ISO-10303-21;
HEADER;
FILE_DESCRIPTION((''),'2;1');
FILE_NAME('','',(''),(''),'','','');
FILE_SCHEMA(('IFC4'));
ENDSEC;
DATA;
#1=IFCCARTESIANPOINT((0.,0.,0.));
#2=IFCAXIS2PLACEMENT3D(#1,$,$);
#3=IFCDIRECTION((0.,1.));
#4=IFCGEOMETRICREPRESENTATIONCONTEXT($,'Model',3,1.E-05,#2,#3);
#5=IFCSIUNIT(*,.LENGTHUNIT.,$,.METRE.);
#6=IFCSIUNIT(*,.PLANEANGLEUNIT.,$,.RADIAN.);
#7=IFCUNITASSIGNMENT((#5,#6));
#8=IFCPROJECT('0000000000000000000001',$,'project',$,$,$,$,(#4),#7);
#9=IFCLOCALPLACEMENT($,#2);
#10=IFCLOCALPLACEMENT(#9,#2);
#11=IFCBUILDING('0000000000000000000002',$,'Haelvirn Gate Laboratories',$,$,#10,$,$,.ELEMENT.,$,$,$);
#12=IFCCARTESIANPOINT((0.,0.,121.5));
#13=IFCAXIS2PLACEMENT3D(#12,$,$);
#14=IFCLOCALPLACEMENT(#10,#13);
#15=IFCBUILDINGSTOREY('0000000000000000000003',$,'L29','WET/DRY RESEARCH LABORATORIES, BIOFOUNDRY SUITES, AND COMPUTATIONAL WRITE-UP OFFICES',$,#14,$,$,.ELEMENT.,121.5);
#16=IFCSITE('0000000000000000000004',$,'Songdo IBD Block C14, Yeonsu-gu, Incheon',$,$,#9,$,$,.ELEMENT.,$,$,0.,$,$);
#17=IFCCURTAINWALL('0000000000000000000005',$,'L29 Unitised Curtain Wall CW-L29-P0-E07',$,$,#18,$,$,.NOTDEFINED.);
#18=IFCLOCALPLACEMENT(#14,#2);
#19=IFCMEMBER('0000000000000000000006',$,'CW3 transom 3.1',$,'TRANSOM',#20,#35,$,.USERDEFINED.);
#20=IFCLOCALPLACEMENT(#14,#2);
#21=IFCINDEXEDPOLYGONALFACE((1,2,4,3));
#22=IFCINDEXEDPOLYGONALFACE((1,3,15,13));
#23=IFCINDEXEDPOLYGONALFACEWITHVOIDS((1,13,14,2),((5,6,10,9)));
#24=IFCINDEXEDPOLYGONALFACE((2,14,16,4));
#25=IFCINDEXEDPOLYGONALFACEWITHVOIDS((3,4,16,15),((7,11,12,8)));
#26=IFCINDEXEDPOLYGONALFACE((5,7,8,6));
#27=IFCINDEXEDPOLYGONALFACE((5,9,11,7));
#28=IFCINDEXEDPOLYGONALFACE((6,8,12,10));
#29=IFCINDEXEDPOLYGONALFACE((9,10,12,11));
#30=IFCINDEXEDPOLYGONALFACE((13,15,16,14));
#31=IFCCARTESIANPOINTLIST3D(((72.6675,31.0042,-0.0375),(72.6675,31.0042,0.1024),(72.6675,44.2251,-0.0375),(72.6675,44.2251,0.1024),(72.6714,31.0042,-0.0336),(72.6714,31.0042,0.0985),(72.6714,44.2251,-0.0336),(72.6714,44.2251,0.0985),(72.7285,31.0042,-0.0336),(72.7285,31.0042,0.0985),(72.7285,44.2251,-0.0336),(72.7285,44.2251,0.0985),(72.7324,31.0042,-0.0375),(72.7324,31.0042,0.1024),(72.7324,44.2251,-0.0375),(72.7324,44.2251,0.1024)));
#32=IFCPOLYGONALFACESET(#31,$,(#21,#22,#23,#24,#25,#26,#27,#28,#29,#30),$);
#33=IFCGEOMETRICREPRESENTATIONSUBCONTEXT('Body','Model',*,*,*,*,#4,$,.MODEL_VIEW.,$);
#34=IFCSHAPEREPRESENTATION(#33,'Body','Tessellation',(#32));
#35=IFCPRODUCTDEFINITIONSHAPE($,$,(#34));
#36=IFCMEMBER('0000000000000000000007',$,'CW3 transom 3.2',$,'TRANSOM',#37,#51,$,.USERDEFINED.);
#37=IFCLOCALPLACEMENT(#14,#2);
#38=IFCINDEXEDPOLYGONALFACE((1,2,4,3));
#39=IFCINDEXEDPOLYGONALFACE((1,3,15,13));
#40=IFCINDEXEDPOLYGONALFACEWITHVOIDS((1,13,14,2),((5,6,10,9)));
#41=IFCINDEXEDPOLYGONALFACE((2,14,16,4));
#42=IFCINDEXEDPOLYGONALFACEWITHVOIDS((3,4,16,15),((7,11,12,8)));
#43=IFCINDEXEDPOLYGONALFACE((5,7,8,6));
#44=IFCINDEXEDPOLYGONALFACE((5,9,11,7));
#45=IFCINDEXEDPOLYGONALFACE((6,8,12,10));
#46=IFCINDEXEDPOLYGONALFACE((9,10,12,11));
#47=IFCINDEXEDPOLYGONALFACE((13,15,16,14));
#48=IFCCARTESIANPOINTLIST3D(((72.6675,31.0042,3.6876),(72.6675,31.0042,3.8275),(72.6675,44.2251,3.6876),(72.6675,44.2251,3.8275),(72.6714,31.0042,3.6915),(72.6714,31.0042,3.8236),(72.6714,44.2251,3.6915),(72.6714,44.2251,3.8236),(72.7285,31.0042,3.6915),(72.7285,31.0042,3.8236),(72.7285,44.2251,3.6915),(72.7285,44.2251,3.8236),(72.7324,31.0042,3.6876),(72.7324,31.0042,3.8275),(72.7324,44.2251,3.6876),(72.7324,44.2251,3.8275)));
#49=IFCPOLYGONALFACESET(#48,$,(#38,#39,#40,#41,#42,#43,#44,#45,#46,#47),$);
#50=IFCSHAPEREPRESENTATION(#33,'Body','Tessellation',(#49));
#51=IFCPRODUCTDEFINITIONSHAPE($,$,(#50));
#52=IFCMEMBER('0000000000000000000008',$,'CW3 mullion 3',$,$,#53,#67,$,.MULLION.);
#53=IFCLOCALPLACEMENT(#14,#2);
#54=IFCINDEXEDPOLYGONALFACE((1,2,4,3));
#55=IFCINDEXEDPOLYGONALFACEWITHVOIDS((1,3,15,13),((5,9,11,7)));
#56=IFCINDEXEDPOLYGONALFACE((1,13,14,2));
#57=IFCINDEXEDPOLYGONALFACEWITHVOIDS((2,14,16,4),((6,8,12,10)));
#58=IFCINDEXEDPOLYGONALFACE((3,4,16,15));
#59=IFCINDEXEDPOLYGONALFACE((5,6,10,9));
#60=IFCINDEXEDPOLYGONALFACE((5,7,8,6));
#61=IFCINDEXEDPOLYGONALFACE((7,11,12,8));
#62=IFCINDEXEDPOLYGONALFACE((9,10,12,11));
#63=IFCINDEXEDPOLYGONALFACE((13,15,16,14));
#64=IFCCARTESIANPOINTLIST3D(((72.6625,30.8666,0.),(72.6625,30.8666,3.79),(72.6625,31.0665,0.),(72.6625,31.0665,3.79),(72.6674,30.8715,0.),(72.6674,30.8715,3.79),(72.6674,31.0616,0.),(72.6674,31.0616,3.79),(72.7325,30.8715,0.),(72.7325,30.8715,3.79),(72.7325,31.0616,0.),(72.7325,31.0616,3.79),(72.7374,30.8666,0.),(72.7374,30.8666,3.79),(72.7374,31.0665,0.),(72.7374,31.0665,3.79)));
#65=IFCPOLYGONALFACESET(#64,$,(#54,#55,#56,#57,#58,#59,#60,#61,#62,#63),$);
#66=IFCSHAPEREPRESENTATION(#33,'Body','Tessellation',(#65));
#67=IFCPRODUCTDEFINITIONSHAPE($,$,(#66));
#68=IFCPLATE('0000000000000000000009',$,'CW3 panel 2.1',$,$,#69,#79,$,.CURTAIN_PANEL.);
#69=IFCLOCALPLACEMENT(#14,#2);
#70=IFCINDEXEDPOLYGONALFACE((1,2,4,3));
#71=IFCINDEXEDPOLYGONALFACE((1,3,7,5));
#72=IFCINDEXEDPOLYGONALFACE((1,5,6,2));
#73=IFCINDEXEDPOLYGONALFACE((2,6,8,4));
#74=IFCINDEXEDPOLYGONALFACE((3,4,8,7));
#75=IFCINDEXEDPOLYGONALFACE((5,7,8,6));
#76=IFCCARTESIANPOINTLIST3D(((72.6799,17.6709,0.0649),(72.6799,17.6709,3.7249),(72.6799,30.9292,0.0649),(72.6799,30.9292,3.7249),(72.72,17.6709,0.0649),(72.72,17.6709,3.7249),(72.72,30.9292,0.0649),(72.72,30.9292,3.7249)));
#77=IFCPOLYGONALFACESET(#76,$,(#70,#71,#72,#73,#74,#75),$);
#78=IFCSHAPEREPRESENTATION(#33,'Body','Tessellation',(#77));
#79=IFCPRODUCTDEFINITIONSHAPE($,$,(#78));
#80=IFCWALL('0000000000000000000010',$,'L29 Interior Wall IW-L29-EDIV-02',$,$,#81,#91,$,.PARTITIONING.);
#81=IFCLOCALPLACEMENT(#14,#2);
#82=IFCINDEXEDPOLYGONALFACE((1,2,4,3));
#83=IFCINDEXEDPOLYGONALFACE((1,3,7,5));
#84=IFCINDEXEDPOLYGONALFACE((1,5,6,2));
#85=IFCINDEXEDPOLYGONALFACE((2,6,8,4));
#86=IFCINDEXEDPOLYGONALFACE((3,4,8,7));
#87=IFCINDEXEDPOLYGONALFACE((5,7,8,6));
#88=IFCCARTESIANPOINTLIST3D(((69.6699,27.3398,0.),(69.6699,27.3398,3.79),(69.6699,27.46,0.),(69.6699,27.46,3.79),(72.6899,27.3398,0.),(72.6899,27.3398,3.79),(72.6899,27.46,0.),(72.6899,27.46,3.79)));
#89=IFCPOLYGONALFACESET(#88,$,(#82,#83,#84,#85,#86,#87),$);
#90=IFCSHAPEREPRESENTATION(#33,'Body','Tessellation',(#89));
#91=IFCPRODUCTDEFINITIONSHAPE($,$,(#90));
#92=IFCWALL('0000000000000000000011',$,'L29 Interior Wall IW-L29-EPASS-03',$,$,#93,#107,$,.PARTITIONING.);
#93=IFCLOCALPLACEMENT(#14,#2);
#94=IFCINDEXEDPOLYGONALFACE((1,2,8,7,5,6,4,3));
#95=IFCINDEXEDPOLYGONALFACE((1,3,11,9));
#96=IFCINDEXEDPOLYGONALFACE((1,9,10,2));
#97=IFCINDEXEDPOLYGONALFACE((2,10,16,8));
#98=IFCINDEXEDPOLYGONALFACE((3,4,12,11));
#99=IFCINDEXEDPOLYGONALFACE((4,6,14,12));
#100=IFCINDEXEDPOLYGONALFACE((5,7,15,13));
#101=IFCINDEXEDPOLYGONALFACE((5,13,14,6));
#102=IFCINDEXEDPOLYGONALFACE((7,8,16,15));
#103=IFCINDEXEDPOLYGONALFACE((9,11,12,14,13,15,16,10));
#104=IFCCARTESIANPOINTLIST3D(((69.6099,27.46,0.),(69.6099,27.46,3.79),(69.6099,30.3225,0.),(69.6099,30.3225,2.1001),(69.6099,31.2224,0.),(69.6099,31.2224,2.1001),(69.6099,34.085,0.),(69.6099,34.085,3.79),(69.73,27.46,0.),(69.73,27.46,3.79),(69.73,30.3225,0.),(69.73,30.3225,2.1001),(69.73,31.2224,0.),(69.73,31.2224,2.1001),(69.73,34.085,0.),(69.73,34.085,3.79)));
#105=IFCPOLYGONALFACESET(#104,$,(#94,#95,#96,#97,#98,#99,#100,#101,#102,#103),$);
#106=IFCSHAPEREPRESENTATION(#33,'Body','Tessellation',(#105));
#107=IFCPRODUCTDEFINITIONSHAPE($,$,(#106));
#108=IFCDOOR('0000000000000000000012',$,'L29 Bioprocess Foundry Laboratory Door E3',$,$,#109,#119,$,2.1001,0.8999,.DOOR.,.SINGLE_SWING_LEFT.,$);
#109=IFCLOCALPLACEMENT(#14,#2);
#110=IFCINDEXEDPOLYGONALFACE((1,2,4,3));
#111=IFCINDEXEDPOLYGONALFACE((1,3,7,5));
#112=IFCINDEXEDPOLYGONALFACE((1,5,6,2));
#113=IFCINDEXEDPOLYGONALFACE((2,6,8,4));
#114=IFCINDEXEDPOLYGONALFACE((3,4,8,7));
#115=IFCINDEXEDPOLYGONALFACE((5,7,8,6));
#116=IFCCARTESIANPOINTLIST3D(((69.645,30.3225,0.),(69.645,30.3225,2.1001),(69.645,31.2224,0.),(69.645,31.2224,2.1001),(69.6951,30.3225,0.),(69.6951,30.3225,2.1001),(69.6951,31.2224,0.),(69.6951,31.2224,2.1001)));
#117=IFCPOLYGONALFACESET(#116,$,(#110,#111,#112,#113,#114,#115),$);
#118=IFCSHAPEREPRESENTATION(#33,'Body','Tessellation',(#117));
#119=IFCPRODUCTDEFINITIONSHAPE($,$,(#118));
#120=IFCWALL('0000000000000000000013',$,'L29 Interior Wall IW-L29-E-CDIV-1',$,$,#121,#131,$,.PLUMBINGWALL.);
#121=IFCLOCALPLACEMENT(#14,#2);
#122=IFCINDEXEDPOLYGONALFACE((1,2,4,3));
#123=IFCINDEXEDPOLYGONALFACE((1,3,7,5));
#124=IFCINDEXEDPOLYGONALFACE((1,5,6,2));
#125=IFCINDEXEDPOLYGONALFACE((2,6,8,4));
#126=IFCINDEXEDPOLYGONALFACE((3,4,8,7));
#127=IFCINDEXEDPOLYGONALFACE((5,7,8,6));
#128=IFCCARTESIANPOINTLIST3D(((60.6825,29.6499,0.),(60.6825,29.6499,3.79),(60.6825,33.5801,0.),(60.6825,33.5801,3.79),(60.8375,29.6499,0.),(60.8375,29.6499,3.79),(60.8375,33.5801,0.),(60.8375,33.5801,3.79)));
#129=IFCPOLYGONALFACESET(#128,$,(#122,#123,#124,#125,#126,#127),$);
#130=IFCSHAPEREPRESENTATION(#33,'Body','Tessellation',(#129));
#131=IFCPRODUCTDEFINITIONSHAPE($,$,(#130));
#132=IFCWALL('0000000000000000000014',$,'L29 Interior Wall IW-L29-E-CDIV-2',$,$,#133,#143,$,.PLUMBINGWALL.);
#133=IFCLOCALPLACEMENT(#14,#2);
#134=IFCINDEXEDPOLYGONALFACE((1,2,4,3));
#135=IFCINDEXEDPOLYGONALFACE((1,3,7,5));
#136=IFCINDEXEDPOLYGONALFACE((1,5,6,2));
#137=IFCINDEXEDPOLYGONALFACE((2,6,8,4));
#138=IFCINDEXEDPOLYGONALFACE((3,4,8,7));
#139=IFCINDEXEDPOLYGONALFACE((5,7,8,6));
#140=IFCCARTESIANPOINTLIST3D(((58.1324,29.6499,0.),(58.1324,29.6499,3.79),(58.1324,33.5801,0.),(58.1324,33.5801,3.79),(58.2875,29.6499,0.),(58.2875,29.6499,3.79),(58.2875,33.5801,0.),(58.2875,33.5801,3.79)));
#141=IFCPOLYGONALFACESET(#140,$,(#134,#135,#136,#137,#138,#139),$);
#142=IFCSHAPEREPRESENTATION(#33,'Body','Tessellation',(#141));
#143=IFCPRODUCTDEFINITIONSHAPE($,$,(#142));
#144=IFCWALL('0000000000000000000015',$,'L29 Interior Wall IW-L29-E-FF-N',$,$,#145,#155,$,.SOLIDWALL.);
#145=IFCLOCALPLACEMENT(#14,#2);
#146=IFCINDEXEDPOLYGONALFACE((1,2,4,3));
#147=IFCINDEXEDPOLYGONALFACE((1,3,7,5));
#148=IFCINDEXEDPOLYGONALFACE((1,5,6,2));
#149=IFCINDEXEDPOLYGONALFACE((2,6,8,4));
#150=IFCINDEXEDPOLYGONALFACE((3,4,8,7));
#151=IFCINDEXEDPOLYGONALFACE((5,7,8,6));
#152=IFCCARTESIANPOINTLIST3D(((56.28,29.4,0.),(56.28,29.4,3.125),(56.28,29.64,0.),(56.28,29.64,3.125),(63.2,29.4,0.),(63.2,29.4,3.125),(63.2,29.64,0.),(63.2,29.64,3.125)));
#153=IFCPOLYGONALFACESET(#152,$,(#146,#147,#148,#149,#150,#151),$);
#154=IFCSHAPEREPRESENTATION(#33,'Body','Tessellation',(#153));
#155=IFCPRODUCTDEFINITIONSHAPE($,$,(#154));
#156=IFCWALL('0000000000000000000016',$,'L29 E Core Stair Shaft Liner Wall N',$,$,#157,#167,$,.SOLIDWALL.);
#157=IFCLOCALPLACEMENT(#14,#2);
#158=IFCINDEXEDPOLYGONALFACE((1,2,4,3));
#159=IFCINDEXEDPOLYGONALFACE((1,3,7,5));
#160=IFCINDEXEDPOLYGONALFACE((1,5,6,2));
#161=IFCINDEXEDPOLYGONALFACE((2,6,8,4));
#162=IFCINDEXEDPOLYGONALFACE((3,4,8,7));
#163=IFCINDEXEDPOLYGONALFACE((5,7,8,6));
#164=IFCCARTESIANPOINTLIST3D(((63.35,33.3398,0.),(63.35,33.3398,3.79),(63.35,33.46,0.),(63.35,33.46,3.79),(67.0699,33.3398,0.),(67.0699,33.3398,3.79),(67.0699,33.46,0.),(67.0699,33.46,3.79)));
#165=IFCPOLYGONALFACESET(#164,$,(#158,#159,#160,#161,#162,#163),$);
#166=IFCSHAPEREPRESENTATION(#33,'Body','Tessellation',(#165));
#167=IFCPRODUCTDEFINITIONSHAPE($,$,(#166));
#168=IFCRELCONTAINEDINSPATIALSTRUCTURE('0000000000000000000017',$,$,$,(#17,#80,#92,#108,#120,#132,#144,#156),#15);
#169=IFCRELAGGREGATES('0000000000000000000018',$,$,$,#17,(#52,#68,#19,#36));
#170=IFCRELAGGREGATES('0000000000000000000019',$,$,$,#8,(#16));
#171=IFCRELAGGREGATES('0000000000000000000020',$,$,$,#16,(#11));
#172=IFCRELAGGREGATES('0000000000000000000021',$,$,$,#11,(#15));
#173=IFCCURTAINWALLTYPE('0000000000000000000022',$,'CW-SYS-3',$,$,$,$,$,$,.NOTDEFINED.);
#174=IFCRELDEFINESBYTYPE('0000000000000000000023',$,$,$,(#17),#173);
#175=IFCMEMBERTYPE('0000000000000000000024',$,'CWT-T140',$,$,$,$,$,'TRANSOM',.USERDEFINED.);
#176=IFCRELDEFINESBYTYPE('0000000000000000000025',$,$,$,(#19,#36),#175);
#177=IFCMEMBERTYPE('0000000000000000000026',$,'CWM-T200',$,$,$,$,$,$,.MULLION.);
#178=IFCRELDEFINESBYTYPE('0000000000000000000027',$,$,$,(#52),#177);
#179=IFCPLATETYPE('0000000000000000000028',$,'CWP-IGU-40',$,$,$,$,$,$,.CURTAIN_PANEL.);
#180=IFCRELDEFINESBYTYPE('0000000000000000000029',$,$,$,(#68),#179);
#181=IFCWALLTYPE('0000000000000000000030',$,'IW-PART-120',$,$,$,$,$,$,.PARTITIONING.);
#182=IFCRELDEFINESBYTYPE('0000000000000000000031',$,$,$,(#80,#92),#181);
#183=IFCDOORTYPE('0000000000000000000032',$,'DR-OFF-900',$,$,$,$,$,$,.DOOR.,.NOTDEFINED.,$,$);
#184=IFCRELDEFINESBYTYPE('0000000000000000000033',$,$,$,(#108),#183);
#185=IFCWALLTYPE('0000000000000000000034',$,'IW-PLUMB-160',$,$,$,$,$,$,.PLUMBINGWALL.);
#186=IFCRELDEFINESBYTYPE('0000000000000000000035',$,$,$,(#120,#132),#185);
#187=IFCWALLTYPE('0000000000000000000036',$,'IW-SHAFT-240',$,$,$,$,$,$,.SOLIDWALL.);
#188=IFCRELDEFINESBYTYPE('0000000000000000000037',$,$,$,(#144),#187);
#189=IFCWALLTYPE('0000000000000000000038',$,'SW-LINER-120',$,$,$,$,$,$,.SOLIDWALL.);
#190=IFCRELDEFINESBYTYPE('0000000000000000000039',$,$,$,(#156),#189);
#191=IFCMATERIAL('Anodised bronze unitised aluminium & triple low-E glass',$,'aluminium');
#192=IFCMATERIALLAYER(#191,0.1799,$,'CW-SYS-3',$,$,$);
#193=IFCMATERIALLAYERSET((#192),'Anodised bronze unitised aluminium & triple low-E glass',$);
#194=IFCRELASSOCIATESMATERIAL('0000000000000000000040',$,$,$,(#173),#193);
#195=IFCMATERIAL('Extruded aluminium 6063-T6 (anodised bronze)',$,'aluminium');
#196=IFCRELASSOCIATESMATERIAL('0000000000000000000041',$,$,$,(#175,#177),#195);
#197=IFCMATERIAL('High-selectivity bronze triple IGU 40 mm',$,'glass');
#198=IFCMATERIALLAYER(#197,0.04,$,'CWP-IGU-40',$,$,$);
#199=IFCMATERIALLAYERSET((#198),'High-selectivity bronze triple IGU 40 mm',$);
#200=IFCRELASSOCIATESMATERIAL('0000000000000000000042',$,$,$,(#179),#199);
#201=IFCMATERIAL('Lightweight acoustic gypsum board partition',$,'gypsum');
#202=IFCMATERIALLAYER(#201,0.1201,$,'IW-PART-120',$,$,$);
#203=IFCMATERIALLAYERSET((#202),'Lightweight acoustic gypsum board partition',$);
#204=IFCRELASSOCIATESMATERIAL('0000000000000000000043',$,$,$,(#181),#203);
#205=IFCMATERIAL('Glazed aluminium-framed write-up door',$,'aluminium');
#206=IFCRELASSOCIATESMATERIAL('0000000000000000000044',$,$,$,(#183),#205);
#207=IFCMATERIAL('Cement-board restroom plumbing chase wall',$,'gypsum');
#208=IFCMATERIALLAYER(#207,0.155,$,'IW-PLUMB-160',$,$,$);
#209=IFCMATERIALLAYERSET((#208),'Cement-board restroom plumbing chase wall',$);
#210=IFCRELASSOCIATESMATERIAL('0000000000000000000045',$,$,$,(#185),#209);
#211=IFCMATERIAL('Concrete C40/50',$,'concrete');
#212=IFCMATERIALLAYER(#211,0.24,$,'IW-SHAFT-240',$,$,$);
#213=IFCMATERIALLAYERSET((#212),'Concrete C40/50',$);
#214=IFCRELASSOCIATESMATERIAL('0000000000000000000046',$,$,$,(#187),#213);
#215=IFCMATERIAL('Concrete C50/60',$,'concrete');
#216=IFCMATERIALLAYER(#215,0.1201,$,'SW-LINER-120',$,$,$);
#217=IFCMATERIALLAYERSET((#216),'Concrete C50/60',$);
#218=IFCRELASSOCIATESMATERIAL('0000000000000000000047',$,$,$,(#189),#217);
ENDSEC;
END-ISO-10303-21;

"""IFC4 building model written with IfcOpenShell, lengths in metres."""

from ifc_helpers import new_model, si_unit, direction, frame, frame_2d, origin, origin_2d, place, context, subcontext, project, spatial, rectangle, hollow_rectangle, extrude, source, transform, mapped, material, layer, layer_set, material_profile, profile_set, type_object, type_shapes, element, fill, aggregate, save


model = new_model("IFC4")

# Units and contexts
model_context = context("Model", 3, precision=1e-05, world=origin(), true_north=direction((0.0, 1.0)))
body_context = subcontext(model_context, "Body", "Model", "MODEL_VIEW")
ifc_project = project(units=[si_unit("LENGTHUNIT", "METRE"), si_unit("PLANEANGLEUNIT", "RADIAN")], contexts=[model_context])

# Site, building, storey
site_placement = place(None, origin())
site = spatial("IfcSite", under=ifc_project, at=site_placement, Name="Songdo IBD Block C14, Yeonsu-gu, Incheon", CompositionType="ELEMENT", RefElevation=0.0)
building_placement = place(site_placement, origin())
building = spatial("IfcBuilding", under=site, at=building_placement, Name="Haelvirn Gate Laboratories", CompositionType="ELEMENT")
storey_placement = place(building_placement, frame((0.0, 0.0, 121.5)))
storey = spatial("IfcBuildingStorey", under=building, at=storey_placement, Name="L29", Description="WET/DRY RESEARCH LABORATORIES, BIOFOUNDRY SUITES, AND COMPUTATIONAL WRITE-UP OFFICES", CompositionType="ELEMENT", Elevation=121.5)

# Curtain wall, members, plate
ifc_material_1 = material(Name="Anodised bronze unitised aluminium & triple low-E glass", Category="aluminium")
ifc_layer_1 = layer(ifc_material_1, 0.1799, Name="CW-SYS-3")
ifc_layer_set_1 = layer_set([ifc_layer_1], Name="Anodised bronze unitised aluminium & triple low-E glass")
curtain_wall_type = type_object("IfcCurtainWallType", Name="CW-SYS-3", PredefinedType="NOTDEFINED", material=ifc_layer_set_1)
curtain_wall_placement = place(storey_placement, origin())
curtain_wall = element("IfcCurtainWall", 1, at=curtain_wall_placement, inside=storey, type_object=curtain_wall_type, Name="L29 Unitised Curtain Wall CW-L29-P0-E07", PredefinedType="NOTDEFINED")
ifc_material_2 = material(Name="Extruded aluminium 6063-T6 (anodised bronze)", Category="aluminium")
ifc_material_profile_1 = material_profile(ifc_material_2, hollow_rectangle(XDim=0.0649, YDim=0.1399, WallThickness=0.0039, at=origin_2d()), Name="CWT-140x65x4")
ifc_profile_set_1 = profile_set([ifc_material_profile_1], Name="Extruded aluminium 6063-T6 (anodised bronze)")
member_type_1 = type_object("IfcMemberType", Name="CWT-T140", ElementType="TRANSOM", PredefinedType="USERDEFINED", material=ifc_profile_set_1)
shared_shape_1 = source(origin(), body_context, "Body", "SweptSolid", [
    extrude(hollow_rectangle(XDim=0.0649, YDim=0.1399, WallThickness=0.0039, at=origin_2d()), origin(), (0.0, 0.0, 1.0), 13.2209),
])
type_shapes(member_type_1, [shared_shape_1])
member_1_placement = place(storey_placement, frame((72.7, 31.0042, 0.0325), z_axis=(0.0, 1.0, 0.0), x_axis=(-1.0, 0.0, 0.0)))
member_1 = element("IfcMember", 2, at=member_1_placement, type_object=member_type_1, Name="CW3 transom 3.1", ObjectType="TRANSOM", PredefinedType="USERDEFINED", context=body_context, shape_type="MappedRepresentation", body=[
    mapped(shared_shape_1, transform((0.0, 0.0, 0.0), scale=1.0)),
])
member_2_placement = place(storey_placement, frame((72.7, 31.0042, 3.7576), z_axis=(0.0, 1.0, 0.0), x_axis=(-1.0, 0.0, 0.0)))
member_2 = element("IfcMember", 3, at=member_2_placement, type_object=member_type_1, Name="CW3 transom 3.2", ObjectType="TRANSOM", PredefinedType="USERDEFINED", context=body_context, shape_type="MappedRepresentation", body=[
    mapped(shared_shape_1, transform((0.0, 0.0, 0.0), scale=1.0)),
])
ifc_material_profile_2 = material_profile(ifc_material_2, hollow_rectangle(XDim=0.075, YDim=0.2, WallThickness=0.0049, at=origin_2d()), Name="CWM-200x75x5")
ifc_profile_set_2 = profile_set([ifc_material_profile_2], Name="Extruded aluminium 6063-T6 (anodised bronze)")
member_type_2 = type_object("IfcMemberType", Name="CWM-T200", PredefinedType="MULLION", material=ifc_profile_set_2)
shared_shape_2 = source(origin(), body_context, "Body", "SweptSolid", [
    extrude(hollow_rectangle(XDim=0.075, YDim=0.2, WallThickness=0.0049, at=origin_2d()), origin(), (0.0, 0.0, 1.0), 3.79),
])
type_shapes(member_type_2, [shared_shape_2])
member_3_placement = place(storey_placement, frame((72.7, 30.9666, 0.0), z_axis=(0.0, 0.0, 1.0), x_axis=(-1.0, 0.0, 0.0)))
member_3 = element("IfcMember", 4, at=member_3_placement, type_object=member_type_2, Name="CW3 mullion 3", PredefinedType="MULLION", context=body_context, shape_type="MappedRepresentation", body=[
    mapped(shared_shape_2, transform((0.0, 0.0, 0.0), scale=1.0)),
])
ifc_material_3 = material(Name="High-selectivity bronze triple IGU 40 mm", Category="glass")
ifc_layer_2 = layer(ifc_material_3, 0.04, Name="CWP-IGU-40")
ifc_layer_set_2 = layer_set([ifc_layer_2], Name="High-selectivity bronze triple IGU 40 mm")
plate_type = type_object("IfcPlateType", Name="CWP-IGU-40", PredefinedType="CURTAIN_PANEL", material=ifc_layer_set_2)
shared_shape_3 = source(origin(), body_context, "Body", "SweptSolid", [
    extrude(rectangle(XDim=13.2583, YDim=0.04, at=origin_2d()), origin(), (0.0, 0.0, 1.0), 3.6599),
])
type_shapes(plate_type, [shared_shape_3])
plate_placement = place(storey_placement, frame((72.7, 24.3, 0.0649), z_axis=(0.0, 0.0, 1.0), x_axis=(0.0, 1.0, 0.0)))
plate = element("IfcPlate", 5, at=plate_placement, type_object=plate_type, Name="CW3 panel 2.1", PredefinedType="CURTAIN_PANEL", context=body_context, shape_type="MappedRepresentation", body=[
    mapped(shared_shape_3, transform((0.0, 0.0, 0.0), scale=1.0)),
])
aggregate(curtain_wall, [member_3, plate, member_1, member_2])

# Wall
ifc_material_4 = material(Name="Lightweight acoustic gypsum board partition", Category="gypsum")
ifc_layer_3 = layer(ifc_material_4, 0.1201, Name="IW-PART-120")
ifc_layer_set_3 = layer_set([ifc_layer_3], Name="Lightweight acoustic gypsum board partition")
wall_type_1 = type_object("IfcWallType", Name="IW-PART-120", PredefinedType="PARTITIONING", material=ifc_layer_set_3)
wall_1_placement = place(storey_placement, frame((69.6699, 27.3999, 0.0), z_axis=(0.0, 0.0, 1.0), x_axis=(1.0, 0.0, 0.0)))
element("IfcWall", 6, at=wall_1_placement, inside=storey, type_object=wall_type_1, Name="L29 Interior Wall IW-L29-EDIV-02", PredefinedType="PARTITIONING", context=body_context, shape_type="SweptSolid", body=[
    extrude(rectangle(XDim=3.02, YDim=0.1201, at=frame_2d((1.51, 0.0))), origin(), (0.0, 0.0, 1.0), 3.79),
])

# Wall, opening, door
wall_2_placement = place(storey_placement, frame((69.6699, 27.46, 0.0), z_axis=(0.0, 0.0, 1.0), x_axis=(0.0, 1.0, 0.0)))
wall_2 = element("IfcWall", 7, at=wall_2_placement, inside=storey, type_object=wall_type_1, Name="L29 Interior Wall IW-L29-EPASS-03", PredefinedType="PARTITIONING", context=body_context, shape_type="SweptSolid", body=[
    extrude(rectangle(XDim=6.625, YDim=0.1201, at=frame_2d((3.3125, 0.0))), origin(), (0.0, 0.0, 1.0), 3.79),
])
opening_1_placement = place(wall_2_placement, frame((2.8625, 0.0, 0.0)))
opening_1 = element("IfcOpeningElement", 8, at=opening_1_placement, cuts=wall_2, PredefinedType="OPENING", context=body_context, shape_type="SweptSolid", body=[
    extrude(rectangle(XDim=0.8999, YDim=2.1001, at=frame_2d((0.45, 1.05))), frame((0.0, 0.0701, 0.0), z_axis=(0.0, -1.0, 0.0), x_axis=(1.0, 0.0, 0.0)), (0.0, 0.0, 1.0), 0.1401),
])
ifc_material_5 = material(Name="Glazed aluminium-framed write-up door", Category="aluminium")
door_type_1 = type_object("IfcDoorType", Name="DR-OFF-900", OperationType="NOTDEFINED", PredefinedType="DOOR", material=ifc_material_5)
shared_shape_4 = source(origin(), body_context, "Body", "SweptSolid", [
    extrude(rectangle(XDim=0.8999, YDim=2.1001, at=frame_2d((0.45, 1.05))), frame((0.0, 0.0249, 0.0), z_axis=(0.0, -1.0, 0.0), x_axis=(1.0, 0.0, 0.0)), (0.0, 0.0, 1.0), 0.05),
])
type_shapes(door_type_1, [shared_shape_4])
door_1_placement = place(opening_1_placement, origin())
door_1 = element("IfcDoor", 9, at=door_1_placement, inside=storey, type_object=door_type_1, Name="L29 Bioprocess Foundry Laboratory Door E3", OperationType="SINGLE_SWING_LEFT", OverallHeight=2.1001, OverallWidth=0.8999, PredefinedType="DOOR", context=body_context, shape_type="MappedRepresentation", body=[
    mapped(shared_shape_4, transform((0.0, 0.0, 0.0), scale=1.0)),
])
fill(opening_1, door_1)

# Walls
ifc_material_6 = material(Name="Cement-board restroom plumbing chase wall", Category="gypsum")
ifc_layer_4 = layer(ifc_material_6, 0.155, Name="IW-PLUMB-160")
ifc_layer_set_4 = layer_set([ifc_layer_4], Name="Cement-board restroom plumbing chase wall")
wall_type_2 = type_object("IfcWallType", Name="IW-PLUMB-160", PredefinedType="PLUMBINGWALL", material=ifc_layer_set_4)
for number, where, z_axis, x_axis, name in (
    (10, (60.76, 29.6499, 0.0), (0.0, 0.0, 1.0), (0.0, 1.0, 0.0), "L29 Interior Wall IW-L29-E-CDIV-1"),
    (11, (58.21, 29.6499, 0.0), (0.0, 0.0, 1.0), (0.0, 1.0, 0.0), "L29 Interior Wall IW-L29-E-CDIV-2"),
):
    element("IfcWall", number, at=place(storey_placement, frame(where, z_axis=z_axis, x_axis=x_axis)), inside=storey, type_object=wall_type_2, Name=name, PredefinedType="PLUMBINGWALL", context=body_context, shape_type="SweptSolid", body=[
        extrude(rectangle(XDim=3.9302, YDim=0.155, at=frame_2d((1.9651, 0.0))), origin(), (0.0, 0.0, 1.0), 3.79),
    ])
ifc_material_7 = material(Name="Concrete C40/50", Category="concrete")
ifc_layer_5 = layer(ifc_material_7, 0.24, Name="IW-SHAFT-240")
ifc_layer_set_5 = layer_set([ifc_layer_5], Name="Concrete C40/50")
wall_type_3 = type_object("IfcWallType", Name="IW-SHAFT-240", PredefinedType="SOLIDWALL", material=ifc_layer_set_5)
wall_3_placement = place(storey_placement, frame((56.28, 29.52, 0.0), z_axis=(0.0, 0.0, 1.0), x_axis=(1.0, 0.0, 0.0)))
element("IfcWall", 12, at=wall_3_placement, inside=storey, type_object=wall_type_3, Name="L29 Interior Wall IW-L29-E-FF-N", PredefinedType="SOLIDWALL", context=body_context, shape_type="SweptSolid", body=[
    extrude(rectangle(XDim=6.9199, YDim=0.24, at=frame_2d((3.46, 0.0))), origin(), (0.0, 0.0, 1.0), 3.125),
])
ifc_material_8 = material(Name="Concrete C50/60", Category="concrete")
ifc_layer_6 = layer(ifc_material_8, 0.1201, Name="SW-LINER-120")
ifc_layer_set_6 = layer_set([ifc_layer_6], Name="Concrete C50/60")
wall_type_4 = type_object("IfcWallType", Name="SW-LINER-120", PredefinedType="SOLIDWALL", material=ifc_layer_set_6)
wall_4_placement = place(storey_placement, frame((63.3501, 33.3999, 0.0), z_axis=(0.0, 0.0, 1.0), x_axis=(1.0, 0.0, 0.0)))
element("IfcWall", 13, at=wall_4_placement, inside=storey, type_object=wall_type_4, Name="L29 E Core Stair Shaft Liner Wall N", PredefinedType="SOLIDWALL", context=body_context, shape_type="SweptSolid", body=[
    extrude(rectangle(XDim=3.72, YDim=0.1201, at=frame_2d((1.8599, 0.0))), origin(), (0.0, 0.0, 1.0), 3.79),
])

save(model, "model.ifc")
